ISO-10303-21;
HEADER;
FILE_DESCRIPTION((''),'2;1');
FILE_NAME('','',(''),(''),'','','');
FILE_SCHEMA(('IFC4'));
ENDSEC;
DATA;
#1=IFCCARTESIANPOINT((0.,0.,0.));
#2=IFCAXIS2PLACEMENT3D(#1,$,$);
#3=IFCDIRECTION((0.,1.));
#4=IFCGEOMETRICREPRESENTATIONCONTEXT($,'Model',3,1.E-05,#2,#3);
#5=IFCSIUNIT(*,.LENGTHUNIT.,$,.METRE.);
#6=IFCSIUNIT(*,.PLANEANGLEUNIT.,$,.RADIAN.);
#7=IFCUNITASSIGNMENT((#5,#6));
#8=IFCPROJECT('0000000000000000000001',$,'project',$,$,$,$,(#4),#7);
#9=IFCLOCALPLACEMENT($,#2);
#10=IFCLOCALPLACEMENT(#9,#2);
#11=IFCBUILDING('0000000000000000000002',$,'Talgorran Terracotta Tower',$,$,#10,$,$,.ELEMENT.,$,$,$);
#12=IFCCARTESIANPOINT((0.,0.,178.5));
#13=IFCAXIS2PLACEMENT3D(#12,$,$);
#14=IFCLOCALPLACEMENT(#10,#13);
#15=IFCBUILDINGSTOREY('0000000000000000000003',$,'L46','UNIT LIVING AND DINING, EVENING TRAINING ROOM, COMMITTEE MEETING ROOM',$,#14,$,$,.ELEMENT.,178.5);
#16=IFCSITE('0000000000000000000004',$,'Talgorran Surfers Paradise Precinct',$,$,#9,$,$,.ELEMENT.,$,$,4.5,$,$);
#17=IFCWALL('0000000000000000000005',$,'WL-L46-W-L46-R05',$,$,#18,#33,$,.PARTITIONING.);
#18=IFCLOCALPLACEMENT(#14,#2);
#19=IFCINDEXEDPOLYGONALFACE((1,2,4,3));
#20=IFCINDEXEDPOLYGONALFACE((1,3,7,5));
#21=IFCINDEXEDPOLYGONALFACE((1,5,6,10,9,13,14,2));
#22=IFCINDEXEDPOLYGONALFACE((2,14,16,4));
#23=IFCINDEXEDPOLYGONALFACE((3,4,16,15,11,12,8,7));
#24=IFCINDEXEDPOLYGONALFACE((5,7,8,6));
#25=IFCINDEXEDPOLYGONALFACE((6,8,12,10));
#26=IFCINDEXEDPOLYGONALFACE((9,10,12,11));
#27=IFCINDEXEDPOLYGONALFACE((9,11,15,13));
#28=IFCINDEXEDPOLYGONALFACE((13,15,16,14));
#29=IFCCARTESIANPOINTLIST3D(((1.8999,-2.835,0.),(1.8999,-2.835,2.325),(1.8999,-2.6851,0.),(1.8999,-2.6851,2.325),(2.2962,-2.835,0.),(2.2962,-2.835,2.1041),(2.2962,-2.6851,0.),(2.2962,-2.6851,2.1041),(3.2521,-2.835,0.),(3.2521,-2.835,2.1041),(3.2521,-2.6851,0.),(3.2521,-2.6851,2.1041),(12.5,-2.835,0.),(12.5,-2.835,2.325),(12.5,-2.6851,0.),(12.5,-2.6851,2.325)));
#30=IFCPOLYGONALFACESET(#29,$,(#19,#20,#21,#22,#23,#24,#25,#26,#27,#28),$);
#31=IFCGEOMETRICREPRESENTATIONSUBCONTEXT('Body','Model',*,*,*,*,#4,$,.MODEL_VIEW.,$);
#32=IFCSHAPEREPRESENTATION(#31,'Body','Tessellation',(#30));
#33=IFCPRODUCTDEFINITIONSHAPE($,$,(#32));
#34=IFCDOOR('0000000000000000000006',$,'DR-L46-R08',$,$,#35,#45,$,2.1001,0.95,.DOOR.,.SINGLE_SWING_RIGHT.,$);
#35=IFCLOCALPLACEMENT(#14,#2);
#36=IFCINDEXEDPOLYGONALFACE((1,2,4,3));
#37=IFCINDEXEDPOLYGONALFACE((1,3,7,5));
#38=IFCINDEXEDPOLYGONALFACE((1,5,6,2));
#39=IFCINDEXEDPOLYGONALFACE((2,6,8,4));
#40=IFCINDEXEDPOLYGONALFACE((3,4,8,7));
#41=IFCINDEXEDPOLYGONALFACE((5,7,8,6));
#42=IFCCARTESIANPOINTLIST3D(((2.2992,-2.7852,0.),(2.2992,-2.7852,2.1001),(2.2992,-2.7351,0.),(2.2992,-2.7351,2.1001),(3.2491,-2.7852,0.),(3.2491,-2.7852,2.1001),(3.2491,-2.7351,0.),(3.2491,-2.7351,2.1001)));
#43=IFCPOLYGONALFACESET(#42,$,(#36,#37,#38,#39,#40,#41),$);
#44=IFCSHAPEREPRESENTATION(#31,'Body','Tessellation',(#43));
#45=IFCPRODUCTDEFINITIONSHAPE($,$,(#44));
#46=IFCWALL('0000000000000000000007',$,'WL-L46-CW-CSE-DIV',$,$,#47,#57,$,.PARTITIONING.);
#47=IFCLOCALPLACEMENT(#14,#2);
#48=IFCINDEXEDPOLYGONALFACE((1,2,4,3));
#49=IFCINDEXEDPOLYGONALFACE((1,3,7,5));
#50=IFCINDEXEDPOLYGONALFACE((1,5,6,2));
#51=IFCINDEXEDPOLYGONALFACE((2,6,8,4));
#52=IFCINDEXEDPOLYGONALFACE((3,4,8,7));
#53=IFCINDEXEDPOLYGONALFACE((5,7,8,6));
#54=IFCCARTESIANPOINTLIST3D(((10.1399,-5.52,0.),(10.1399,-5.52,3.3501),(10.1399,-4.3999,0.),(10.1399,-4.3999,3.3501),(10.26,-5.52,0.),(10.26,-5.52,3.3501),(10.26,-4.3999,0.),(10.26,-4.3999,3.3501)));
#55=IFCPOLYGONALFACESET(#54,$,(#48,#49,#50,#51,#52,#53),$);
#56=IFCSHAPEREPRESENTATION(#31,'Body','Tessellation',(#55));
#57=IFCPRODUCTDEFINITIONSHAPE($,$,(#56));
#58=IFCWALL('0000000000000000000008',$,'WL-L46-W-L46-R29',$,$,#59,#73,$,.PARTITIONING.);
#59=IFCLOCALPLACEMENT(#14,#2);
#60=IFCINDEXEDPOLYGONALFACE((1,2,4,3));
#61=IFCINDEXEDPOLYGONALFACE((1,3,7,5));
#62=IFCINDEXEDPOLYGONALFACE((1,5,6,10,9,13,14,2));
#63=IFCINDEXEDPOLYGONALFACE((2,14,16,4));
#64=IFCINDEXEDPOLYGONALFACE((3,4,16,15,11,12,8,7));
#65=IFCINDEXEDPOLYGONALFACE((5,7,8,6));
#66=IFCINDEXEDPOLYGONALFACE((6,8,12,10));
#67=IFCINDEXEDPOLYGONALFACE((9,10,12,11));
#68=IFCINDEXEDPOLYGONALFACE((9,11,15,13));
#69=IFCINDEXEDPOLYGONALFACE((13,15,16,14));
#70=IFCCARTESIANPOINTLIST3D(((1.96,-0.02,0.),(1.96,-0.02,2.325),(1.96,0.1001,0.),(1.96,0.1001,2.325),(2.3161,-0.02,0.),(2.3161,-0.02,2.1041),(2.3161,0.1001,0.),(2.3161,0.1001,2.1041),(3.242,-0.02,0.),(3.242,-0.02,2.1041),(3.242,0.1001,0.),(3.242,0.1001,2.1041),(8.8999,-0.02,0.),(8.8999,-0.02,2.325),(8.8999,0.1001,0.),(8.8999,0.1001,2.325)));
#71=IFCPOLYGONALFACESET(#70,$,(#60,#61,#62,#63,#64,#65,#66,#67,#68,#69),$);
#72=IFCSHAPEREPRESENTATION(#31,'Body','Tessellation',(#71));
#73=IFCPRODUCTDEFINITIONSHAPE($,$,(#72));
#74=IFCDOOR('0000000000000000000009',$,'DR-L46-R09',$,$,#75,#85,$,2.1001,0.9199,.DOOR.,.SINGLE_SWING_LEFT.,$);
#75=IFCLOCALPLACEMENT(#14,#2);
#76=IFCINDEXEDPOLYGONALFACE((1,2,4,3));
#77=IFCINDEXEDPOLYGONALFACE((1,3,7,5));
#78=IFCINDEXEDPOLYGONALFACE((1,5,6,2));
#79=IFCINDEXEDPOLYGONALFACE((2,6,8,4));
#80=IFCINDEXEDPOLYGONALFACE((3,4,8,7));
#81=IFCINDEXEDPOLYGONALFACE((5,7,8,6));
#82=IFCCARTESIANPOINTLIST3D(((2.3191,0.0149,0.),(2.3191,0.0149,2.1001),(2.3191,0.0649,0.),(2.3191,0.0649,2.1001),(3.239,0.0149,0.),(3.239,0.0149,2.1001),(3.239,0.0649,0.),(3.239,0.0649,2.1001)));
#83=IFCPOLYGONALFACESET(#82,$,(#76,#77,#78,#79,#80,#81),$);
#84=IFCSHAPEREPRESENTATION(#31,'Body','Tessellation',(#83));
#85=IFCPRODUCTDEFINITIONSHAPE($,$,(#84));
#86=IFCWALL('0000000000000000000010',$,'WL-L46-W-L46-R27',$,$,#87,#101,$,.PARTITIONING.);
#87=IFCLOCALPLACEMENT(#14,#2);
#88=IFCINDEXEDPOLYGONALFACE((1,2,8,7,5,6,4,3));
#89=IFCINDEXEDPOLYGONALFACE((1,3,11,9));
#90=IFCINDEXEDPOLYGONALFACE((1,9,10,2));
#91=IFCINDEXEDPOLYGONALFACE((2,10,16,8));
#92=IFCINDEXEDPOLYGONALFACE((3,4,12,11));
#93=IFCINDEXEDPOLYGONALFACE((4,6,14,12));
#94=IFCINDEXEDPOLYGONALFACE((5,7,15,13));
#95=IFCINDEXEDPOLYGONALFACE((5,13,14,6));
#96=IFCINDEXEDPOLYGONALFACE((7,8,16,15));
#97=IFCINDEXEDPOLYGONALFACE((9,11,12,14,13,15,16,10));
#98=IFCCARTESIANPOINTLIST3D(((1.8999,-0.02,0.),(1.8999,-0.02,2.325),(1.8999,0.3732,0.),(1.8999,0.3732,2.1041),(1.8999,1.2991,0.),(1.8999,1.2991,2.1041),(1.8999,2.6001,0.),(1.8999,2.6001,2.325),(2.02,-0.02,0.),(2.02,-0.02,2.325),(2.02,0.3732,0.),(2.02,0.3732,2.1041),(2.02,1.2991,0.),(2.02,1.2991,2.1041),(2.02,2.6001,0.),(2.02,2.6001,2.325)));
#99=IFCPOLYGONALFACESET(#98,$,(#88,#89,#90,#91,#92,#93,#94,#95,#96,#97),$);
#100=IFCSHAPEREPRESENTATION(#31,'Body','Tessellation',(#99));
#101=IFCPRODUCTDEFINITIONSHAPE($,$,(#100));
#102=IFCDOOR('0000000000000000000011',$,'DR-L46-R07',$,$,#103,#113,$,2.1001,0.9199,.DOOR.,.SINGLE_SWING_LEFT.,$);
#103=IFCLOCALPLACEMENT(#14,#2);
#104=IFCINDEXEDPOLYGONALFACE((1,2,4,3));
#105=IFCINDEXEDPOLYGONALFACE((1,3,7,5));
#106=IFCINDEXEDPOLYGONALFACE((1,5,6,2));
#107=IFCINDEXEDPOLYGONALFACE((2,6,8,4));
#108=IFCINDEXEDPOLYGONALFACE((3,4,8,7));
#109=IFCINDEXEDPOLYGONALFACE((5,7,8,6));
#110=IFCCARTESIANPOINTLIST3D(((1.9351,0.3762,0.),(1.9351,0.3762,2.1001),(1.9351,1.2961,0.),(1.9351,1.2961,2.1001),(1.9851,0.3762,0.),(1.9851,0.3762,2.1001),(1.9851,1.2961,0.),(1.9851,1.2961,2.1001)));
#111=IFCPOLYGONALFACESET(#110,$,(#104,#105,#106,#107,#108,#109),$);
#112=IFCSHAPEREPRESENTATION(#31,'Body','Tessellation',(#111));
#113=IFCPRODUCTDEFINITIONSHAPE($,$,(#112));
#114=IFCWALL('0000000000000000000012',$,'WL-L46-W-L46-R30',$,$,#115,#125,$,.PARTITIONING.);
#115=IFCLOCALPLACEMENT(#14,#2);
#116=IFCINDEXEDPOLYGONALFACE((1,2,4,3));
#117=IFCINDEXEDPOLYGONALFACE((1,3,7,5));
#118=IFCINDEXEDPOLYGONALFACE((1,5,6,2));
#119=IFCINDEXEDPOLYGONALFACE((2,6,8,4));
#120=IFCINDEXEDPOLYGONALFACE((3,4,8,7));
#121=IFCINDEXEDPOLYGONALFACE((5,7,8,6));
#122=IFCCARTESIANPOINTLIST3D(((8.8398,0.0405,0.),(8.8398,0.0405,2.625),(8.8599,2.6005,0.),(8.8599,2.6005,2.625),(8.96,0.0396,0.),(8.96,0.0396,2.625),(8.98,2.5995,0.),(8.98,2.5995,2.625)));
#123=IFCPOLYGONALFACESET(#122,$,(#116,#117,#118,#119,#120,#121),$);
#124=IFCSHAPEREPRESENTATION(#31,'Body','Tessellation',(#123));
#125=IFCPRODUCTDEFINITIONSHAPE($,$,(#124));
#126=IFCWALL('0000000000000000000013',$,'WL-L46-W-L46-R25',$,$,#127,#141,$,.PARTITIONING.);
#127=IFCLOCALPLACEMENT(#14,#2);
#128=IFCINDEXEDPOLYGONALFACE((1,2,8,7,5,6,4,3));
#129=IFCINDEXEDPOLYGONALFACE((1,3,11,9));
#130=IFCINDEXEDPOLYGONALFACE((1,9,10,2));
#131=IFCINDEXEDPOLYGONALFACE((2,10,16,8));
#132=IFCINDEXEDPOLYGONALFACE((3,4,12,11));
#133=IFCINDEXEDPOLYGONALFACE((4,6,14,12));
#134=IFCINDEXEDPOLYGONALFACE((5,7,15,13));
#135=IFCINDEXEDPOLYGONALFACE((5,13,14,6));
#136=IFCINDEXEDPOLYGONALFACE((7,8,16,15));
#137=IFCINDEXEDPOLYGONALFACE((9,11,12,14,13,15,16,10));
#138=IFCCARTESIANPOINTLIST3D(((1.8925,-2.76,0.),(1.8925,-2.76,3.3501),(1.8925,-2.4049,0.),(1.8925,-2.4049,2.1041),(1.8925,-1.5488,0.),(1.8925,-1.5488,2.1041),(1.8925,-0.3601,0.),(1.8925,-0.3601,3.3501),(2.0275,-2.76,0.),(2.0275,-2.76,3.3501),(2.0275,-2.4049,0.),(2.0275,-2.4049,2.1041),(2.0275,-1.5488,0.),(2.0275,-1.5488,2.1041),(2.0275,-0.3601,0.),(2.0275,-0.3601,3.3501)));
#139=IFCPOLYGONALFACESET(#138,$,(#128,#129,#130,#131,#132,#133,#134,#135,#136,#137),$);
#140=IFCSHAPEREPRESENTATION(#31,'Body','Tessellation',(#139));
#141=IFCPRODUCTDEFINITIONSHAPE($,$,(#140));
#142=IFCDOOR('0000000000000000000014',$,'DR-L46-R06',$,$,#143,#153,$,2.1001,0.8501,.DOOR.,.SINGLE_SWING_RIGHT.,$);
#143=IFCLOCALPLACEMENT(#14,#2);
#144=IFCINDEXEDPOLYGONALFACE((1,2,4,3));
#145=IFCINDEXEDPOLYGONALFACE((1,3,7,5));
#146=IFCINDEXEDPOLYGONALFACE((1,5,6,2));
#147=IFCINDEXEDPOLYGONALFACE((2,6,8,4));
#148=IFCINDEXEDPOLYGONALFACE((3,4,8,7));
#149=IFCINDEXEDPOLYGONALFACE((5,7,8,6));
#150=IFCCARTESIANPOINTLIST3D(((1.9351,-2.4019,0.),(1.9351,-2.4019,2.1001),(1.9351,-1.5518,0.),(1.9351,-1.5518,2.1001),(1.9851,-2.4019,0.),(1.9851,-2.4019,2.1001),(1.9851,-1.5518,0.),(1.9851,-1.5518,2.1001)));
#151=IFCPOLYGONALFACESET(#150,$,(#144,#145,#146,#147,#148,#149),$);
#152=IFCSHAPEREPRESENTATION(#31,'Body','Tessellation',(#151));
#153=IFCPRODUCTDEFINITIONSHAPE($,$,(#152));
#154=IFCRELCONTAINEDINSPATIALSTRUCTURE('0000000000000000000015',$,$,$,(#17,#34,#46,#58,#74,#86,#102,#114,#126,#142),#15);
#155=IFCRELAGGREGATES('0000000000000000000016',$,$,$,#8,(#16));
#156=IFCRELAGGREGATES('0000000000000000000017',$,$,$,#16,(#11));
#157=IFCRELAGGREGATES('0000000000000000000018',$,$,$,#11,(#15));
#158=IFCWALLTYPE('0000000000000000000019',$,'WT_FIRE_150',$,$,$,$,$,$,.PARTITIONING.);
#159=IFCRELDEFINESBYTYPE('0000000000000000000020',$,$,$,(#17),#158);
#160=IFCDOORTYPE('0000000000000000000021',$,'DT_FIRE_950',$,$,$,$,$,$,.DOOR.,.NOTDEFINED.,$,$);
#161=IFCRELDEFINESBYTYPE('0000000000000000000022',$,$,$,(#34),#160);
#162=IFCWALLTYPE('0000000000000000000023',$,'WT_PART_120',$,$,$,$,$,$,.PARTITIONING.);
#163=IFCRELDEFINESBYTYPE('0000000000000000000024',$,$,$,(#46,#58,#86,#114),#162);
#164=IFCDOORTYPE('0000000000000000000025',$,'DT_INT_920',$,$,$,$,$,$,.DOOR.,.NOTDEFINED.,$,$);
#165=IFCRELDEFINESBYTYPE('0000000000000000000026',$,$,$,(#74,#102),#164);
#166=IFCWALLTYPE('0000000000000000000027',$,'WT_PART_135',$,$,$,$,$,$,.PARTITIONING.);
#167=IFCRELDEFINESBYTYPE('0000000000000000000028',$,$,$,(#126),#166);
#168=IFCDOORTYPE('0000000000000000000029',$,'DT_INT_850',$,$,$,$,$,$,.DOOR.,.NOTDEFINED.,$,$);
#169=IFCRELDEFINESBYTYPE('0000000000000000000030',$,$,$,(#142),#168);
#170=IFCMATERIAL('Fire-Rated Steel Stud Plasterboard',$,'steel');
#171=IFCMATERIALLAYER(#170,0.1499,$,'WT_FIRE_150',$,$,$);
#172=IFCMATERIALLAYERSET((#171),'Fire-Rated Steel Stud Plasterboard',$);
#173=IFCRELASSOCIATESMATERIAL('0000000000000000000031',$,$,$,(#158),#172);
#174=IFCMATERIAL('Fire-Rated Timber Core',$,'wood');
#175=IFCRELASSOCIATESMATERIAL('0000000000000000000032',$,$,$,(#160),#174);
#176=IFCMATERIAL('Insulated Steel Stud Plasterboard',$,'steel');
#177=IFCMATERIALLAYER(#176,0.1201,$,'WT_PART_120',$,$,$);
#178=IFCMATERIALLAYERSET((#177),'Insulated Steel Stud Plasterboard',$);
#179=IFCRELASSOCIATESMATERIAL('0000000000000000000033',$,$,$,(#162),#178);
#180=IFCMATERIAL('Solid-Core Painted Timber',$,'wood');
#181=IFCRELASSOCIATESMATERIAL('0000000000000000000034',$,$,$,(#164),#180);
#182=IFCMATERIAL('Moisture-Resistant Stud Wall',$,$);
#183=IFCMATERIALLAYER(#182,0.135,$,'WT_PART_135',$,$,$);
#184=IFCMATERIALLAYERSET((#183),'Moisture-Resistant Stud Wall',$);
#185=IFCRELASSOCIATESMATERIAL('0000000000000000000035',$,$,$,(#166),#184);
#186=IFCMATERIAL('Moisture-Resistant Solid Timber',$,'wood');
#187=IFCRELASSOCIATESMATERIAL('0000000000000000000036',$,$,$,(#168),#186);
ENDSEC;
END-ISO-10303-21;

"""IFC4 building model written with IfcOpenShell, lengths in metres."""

from ifc_helpers import new_model, si_unit, direction, frame, frame_2d, origin, place, context, subcontext, project, spatial, rectangle, extrude, material, layer, layer_set, type_object, element, fill, save


model = new_model("IFC4")

# Units and contexts
model_context = context("Model", 3, precision=1e-05, world=origin(), true_north=direction((0.0, 1.0)))
body_context = subcontext(model_context, "Body", "Model", "MODEL_VIEW")
ifc_project = project(units=[si_unit("LENGTHUNIT", "METRE"), si_unit("PLANEANGLEUNIT", "RADIAN")], contexts=[model_context])

# Site, building, storey
site_placement = place(None, origin())
site = spatial("IfcSite", under=ifc_project, at=site_placement, Name="Talgorran Surfers Paradise Precinct", CompositionType="ELEMENT", RefElevation=4.5)
building_placement = place(site_placement, origin())
building = spatial("IfcBuilding", under=site, at=building_placement, Name="Talgorran Terracotta Tower", CompositionType="ELEMENT")
storey_placement = place(building_placement, frame((0.0, 0.0, 178.5)))
storey = spatial("IfcBuildingStorey", under=building, at=storey_placement, Name="L46", Description="UNIT LIVING AND DINING, EVENING TRAINING ROOM, COMMITTEE MEETING ROOM", CompositionType="ELEMENT", Elevation=178.5)

# Wall, opening, door
ifc_material_1 = material(Name="Fire-Rated Steel Stud Plasterboard", Category="steel")
ifc_layer_1 = layer(ifc_material_1, 0.1499, Name="WT_FIRE_150")
ifc_layer_set_1 = layer_set([ifc_layer_1], Name="Fire-Rated Steel Stud Plasterboard")
wall_type_1 = type_object("IfcWallType", Name="WT_FIRE_150", PredefinedType="PARTITIONING", material=ifc_layer_set_1)
wall_1_placement = place(storey_placement, frame((1.8999, -2.76, 0.0), z_axis=(0.0, 0.0, 1.0), x_axis=(1.0, 0.0, 0.0)))
wall_1 = element("IfcWall", 1, at=wall_1_placement, inside=storey, type_object=wall_type_1, Name="WL-L46-W-L46-R05", PredefinedType="PARTITIONING", context=body_context, shape_type="SweptSolid", body=[
    extrude(rectangle(XDim=10.6001, YDim=0.1499, at=frame_2d((5.3, 0.0))), origin(), (0.0, 0.0, 1.0), 2.325),
])
opening_1_placement = place(wall_1_placement, frame((0.3992, 0.0, 0.0)))
opening_1 = element("IfcOpeningElement", 2, at=opening_1_placement, cuts=wall_1, PredefinedType="OPENING", context=body_context, shape_type="SweptSolid", body=[
    extrude(rectangle(XDim=0.956, YDim=2.1041, at=frame_2d((0.4751, 1.052))), frame((0.0, 0.085, 0.0), z_axis=(0.0, -1.0, 0.0), x_axis=(1.0, 0.0, 0.0)), (0.0, 0.0, 1.0), 0.1699),
])
ifc_material_2 = material(Name="Fire-Rated Timber Core", Category="wood")
door_type_1 = type_object("IfcDoorType", Name="DT_FIRE_950", OperationType="NOTDEFINED", PredefinedType="DOOR", material=ifc_material_2)
door_1_placement = place(opening_1_placement, origin())
door_1 = element("IfcDoor", 3, at=door_1_placement, inside=storey, type_object=door_type_1, Name="DR-L46-R08", OperationType="SINGLE_SWING_RIGHT", OverallHeight=2.1001, OverallWidth=0.95, PredefinedType="DOOR", context=body_context, shape_type="SweptSolid", body=[
    extrude(rectangle(XDim=0.95, YDim=2.1001, at=frame_2d((0.4751, 1.05))), frame((0.0, 0.0249, 0.0), z_axis=(0.0, -1.0, 0.0), x_axis=(1.0, 0.0, 0.0)), (0.0, 0.0, 1.0), 0.05),
])
fill(opening_1, door_1)

# Wall
ifc_material_3 = material(Name="Insulated Steel Stud Plasterboard", Category="steel")
ifc_layer_2 = layer(ifc_material_3, 0.1201, Name="WT_PART_120")
ifc_layer_set_2 = layer_set([ifc_layer_2], Name="Insulated Steel Stud Plasterboard")
wall_type_2 = type_object("IfcWallType", Name="WT_PART_120", PredefinedType="PARTITIONING", material=ifc_layer_set_2)
wall_2_placement = place(storey_placement, frame((10.2, -5.52, 0.0), z_axis=(0.0, 0.0, 1.0), x_axis=(0.0, 1.0, 0.0)))
element("IfcWall", 4, at=wall_2_placement, inside=storey, type_object=wall_type_2, Name="WL-L46-CW-CSE-DIV", PredefinedType="PARTITIONING", context=body_context, shape_type="SweptSolid", body=[
    extrude(rectangle(XDim=1.1201, YDim=0.1201, at=frame_2d((0.5601, 0.0))), origin(), (0.0, 0.0, 1.0), 3.3501),
])

# Walls, openings, doors
wall_3_placement = place(storey_placement, frame((1.96, 0.04, 0.0), z_axis=(0.0, 0.0, 1.0), x_axis=(1.0, 0.0, 0.0)))
wall_3 = element("IfcWall", 5, at=wall_3_placement, inside=storey, type_object=wall_type_2, Name="WL-L46-W-L46-R29", PredefinedType="PARTITIONING", context=body_context, shape_type="SweptSolid", body=[
    extrude(rectangle(XDim=6.9399, YDim=0.1201, at=frame_2d((3.47, 0.0))), origin(), (0.0, 0.0, 1.0), 2.325),
])
opening_2_placement = place(wall_3_placement, frame((0.3591, 0.0, 0.0)))
opening_2 = element("IfcOpeningElement", 6, at=opening_2_placement, cuts=wall_3, PredefinedType="OPENING", context=body_context, shape_type="SweptSolid", body=[
    extrude(rectangle(XDim=0.9259, YDim=2.1041, at=frame_2d((0.46, 1.052))), frame((0.0, 0.0701, 0.0), z_axis=(0.0, -1.0, 0.0), x_axis=(1.0, 0.0, 0.0)), (0.0, 0.0, 1.0), 0.1401),
])
ifc_material_4 = material(Name="Solid-Core Painted Timber", Category="wood")
door_type_2 = type_object("IfcDoorType", Name="DT_INT_920", OperationType="NOTDEFINED", PredefinedType="DOOR", material=ifc_material_4)
door_2_placement = place(opening_2_placement, origin())
door_2 = element("IfcDoor", 7, at=door_2_placement, inside=storey, type_object=door_type_2, Name="DR-L46-R09", OperationType="SINGLE_SWING_LEFT", OverallHeight=2.1001, OverallWidth=0.9199, PredefinedType="DOOR", context=body_context, shape_type="SweptSolid", body=[
    extrude(rectangle(XDim=0.9199, YDim=2.1001, at=frame_2d((0.46, 1.05))), frame((0.0, 0.0249, 0.0), z_axis=(0.0, -1.0, 0.0), x_axis=(1.0, 0.0, 0.0)), (0.0, 0.0, 1.0), 0.05),
])
fill(opening_2, door_2)
wall_4_placement = place(storey_placement, frame((1.96, -0.02, 0.0), z_axis=(0.0, 0.0, 1.0), x_axis=(0.0, 1.0, 0.0)))
wall_4 = element("IfcWall", 8, at=wall_4_placement, inside=storey, type_object=wall_type_2, Name="WL-L46-W-L46-R27", PredefinedType="PARTITIONING", context=body_context, shape_type="SweptSolid", body=[
    extrude(rectangle(XDim=2.6201, YDim=0.1201, at=frame_2d((1.3101, 0.0))), origin(), (0.0, 0.0, 1.0), 2.325),
])
opening_3_placement = place(wall_4_placement, frame((0.3962, 0.0, 0.0)))
opening_3 = element("IfcOpeningElement", 9, at=opening_3_placement, cuts=wall_4, PredefinedType="OPENING", context=body_context, shape_type="SweptSolid", body=[
    extrude(rectangle(XDim=0.9259, YDim=2.1041, at=frame_2d((0.46, 1.052))), frame((0.0, 0.0701, 0.0), z_axis=(0.0, -1.0, 0.0), x_axis=(1.0, 0.0, 0.0)), (0.0, 0.0, 1.0), 0.1401),
])
door_3_placement = place(opening_3_placement, origin())
door_3 = element("IfcDoor", 10, at=door_3_placement, inside=storey, type_object=door_type_2, Name="DR-L46-R07", OperationType="SINGLE_SWING_LEFT", OverallHeight=2.1001, OverallWidth=0.9199, PredefinedType="DOOR", context=body_context, shape_type="SweptSolid", body=[
    extrude(rectangle(XDim=0.9199, YDim=2.1001, at=frame_2d((0.46, 1.05))), frame((0.0, 0.0249, 0.0), z_axis=(0.0, -1.0, 0.0), x_axis=(1.0, 0.0, 0.0)), (0.0, 0.0, 1.0), 0.05),
])
fill(opening_3, door_3)

# Wall
wall_5_placement = place(storey_placement, frame((8.8999, 0.04, 0.0), z_axis=(0.0, 0.0, 1.0), x_axis=(0.00782, 0.999969, 0.0)))
element("IfcWall", 11, at=wall_5_placement, inside=storey, type_object=wall_type_2, Name="WL-L46-W-L46-R30", PredefinedType="PARTITIONING", context=body_context, shape_type="SweptSolid", body=[
    extrude(rectangle(XDim=2.5601, YDim=0.1201, at=frame_2d((1.28, 0.0))), origin(), (0.0, 0.0, 1.0), 2.625),
])

# Wall, opening, door
ifc_material_5 = material(Name="Moisture-Resistant Stud Wall")
ifc_layer_3 = layer(ifc_material_5, 0.135, Name="WT_PART_135")
ifc_layer_set_3 = layer_set([ifc_layer_3], Name="Moisture-Resistant Stud Wall")
wall_type_3 = type_object("IfcWallType", Name="WT_PART_135", PredefinedType="PARTITIONING", material=ifc_layer_set_3)
wall_6_placement = place(storey_placement, frame((1.96, -2.76, 0.0), z_axis=(0.0, 0.0, 1.0), x_axis=(0.0, 1.0, 0.0)))
wall_6 = element("IfcWall", 12, at=wall_6_placement, inside=storey, type_object=wall_type_3, Name="WL-L46-W-L46-R25", PredefinedType="PARTITIONING", context=body_context, shape_type="SweptSolid", body=[
    extrude(rectangle(XDim=2.3999, YDim=0.135, at=frame_2d((1.2, 0.0))), origin(), (0.0, 0.0, 1.0), 3.3501),
])
opening_4_placement = place(wall_6_placement, frame((0.3582, 0.0, 0.0)))
opening_4 = element("IfcOpeningElement", 13, at=opening_4_placement, cuts=wall_6, PredefinedType="OPENING", context=body_context, shape_type="SweptSolid", body=[
    extrude(rectangle(XDim=0.8561, YDim=2.1041, at=frame_2d((0.425, 1.052))), frame((0.0, 0.0776, 0.0), z_axis=(0.0, -1.0, 0.0), x_axis=(1.0, 0.0, 0.0)), (0.0, 0.0, 1.0), 0.155),
])
ifc_material_6 = material(Name="Moisture-Resistant Solid Timber", Category="wood")
door_type_3 = type_object("IfcDoorType", Name="DT_INT_850", OperationType="NOTDEFINED", PredefinedType="DOOR", material=ifc_material_6)
door_4_placement = place(opening_4_placement, origin())
door_4 = element("IfcDoor", 14, at=door_4_placement, inside=storey, type_object=door_type_3, Name="DR-L46-R06", OperationType="SINGLE_SWING_RIGHT", OverallHeight=2.1001, OverallWidth=0.8501, PredefinedType="DOOR", context=body_context, shape_type="SweptSolid", body=[
    extrude(rectangle(XDim=0.8501, YDim=2.1001, at=frame_2d((0.425, 1.05))), frame((0.0, 0.0249, 0.0), z_axis=(0.0, -1.0, 0.0), x_axis=(1.0, 0.0, 0.0)), (0.0, 0.0, 1.0), 0.05),
])
fill(opening_4, door_4)

save(model, "model.ifc")
